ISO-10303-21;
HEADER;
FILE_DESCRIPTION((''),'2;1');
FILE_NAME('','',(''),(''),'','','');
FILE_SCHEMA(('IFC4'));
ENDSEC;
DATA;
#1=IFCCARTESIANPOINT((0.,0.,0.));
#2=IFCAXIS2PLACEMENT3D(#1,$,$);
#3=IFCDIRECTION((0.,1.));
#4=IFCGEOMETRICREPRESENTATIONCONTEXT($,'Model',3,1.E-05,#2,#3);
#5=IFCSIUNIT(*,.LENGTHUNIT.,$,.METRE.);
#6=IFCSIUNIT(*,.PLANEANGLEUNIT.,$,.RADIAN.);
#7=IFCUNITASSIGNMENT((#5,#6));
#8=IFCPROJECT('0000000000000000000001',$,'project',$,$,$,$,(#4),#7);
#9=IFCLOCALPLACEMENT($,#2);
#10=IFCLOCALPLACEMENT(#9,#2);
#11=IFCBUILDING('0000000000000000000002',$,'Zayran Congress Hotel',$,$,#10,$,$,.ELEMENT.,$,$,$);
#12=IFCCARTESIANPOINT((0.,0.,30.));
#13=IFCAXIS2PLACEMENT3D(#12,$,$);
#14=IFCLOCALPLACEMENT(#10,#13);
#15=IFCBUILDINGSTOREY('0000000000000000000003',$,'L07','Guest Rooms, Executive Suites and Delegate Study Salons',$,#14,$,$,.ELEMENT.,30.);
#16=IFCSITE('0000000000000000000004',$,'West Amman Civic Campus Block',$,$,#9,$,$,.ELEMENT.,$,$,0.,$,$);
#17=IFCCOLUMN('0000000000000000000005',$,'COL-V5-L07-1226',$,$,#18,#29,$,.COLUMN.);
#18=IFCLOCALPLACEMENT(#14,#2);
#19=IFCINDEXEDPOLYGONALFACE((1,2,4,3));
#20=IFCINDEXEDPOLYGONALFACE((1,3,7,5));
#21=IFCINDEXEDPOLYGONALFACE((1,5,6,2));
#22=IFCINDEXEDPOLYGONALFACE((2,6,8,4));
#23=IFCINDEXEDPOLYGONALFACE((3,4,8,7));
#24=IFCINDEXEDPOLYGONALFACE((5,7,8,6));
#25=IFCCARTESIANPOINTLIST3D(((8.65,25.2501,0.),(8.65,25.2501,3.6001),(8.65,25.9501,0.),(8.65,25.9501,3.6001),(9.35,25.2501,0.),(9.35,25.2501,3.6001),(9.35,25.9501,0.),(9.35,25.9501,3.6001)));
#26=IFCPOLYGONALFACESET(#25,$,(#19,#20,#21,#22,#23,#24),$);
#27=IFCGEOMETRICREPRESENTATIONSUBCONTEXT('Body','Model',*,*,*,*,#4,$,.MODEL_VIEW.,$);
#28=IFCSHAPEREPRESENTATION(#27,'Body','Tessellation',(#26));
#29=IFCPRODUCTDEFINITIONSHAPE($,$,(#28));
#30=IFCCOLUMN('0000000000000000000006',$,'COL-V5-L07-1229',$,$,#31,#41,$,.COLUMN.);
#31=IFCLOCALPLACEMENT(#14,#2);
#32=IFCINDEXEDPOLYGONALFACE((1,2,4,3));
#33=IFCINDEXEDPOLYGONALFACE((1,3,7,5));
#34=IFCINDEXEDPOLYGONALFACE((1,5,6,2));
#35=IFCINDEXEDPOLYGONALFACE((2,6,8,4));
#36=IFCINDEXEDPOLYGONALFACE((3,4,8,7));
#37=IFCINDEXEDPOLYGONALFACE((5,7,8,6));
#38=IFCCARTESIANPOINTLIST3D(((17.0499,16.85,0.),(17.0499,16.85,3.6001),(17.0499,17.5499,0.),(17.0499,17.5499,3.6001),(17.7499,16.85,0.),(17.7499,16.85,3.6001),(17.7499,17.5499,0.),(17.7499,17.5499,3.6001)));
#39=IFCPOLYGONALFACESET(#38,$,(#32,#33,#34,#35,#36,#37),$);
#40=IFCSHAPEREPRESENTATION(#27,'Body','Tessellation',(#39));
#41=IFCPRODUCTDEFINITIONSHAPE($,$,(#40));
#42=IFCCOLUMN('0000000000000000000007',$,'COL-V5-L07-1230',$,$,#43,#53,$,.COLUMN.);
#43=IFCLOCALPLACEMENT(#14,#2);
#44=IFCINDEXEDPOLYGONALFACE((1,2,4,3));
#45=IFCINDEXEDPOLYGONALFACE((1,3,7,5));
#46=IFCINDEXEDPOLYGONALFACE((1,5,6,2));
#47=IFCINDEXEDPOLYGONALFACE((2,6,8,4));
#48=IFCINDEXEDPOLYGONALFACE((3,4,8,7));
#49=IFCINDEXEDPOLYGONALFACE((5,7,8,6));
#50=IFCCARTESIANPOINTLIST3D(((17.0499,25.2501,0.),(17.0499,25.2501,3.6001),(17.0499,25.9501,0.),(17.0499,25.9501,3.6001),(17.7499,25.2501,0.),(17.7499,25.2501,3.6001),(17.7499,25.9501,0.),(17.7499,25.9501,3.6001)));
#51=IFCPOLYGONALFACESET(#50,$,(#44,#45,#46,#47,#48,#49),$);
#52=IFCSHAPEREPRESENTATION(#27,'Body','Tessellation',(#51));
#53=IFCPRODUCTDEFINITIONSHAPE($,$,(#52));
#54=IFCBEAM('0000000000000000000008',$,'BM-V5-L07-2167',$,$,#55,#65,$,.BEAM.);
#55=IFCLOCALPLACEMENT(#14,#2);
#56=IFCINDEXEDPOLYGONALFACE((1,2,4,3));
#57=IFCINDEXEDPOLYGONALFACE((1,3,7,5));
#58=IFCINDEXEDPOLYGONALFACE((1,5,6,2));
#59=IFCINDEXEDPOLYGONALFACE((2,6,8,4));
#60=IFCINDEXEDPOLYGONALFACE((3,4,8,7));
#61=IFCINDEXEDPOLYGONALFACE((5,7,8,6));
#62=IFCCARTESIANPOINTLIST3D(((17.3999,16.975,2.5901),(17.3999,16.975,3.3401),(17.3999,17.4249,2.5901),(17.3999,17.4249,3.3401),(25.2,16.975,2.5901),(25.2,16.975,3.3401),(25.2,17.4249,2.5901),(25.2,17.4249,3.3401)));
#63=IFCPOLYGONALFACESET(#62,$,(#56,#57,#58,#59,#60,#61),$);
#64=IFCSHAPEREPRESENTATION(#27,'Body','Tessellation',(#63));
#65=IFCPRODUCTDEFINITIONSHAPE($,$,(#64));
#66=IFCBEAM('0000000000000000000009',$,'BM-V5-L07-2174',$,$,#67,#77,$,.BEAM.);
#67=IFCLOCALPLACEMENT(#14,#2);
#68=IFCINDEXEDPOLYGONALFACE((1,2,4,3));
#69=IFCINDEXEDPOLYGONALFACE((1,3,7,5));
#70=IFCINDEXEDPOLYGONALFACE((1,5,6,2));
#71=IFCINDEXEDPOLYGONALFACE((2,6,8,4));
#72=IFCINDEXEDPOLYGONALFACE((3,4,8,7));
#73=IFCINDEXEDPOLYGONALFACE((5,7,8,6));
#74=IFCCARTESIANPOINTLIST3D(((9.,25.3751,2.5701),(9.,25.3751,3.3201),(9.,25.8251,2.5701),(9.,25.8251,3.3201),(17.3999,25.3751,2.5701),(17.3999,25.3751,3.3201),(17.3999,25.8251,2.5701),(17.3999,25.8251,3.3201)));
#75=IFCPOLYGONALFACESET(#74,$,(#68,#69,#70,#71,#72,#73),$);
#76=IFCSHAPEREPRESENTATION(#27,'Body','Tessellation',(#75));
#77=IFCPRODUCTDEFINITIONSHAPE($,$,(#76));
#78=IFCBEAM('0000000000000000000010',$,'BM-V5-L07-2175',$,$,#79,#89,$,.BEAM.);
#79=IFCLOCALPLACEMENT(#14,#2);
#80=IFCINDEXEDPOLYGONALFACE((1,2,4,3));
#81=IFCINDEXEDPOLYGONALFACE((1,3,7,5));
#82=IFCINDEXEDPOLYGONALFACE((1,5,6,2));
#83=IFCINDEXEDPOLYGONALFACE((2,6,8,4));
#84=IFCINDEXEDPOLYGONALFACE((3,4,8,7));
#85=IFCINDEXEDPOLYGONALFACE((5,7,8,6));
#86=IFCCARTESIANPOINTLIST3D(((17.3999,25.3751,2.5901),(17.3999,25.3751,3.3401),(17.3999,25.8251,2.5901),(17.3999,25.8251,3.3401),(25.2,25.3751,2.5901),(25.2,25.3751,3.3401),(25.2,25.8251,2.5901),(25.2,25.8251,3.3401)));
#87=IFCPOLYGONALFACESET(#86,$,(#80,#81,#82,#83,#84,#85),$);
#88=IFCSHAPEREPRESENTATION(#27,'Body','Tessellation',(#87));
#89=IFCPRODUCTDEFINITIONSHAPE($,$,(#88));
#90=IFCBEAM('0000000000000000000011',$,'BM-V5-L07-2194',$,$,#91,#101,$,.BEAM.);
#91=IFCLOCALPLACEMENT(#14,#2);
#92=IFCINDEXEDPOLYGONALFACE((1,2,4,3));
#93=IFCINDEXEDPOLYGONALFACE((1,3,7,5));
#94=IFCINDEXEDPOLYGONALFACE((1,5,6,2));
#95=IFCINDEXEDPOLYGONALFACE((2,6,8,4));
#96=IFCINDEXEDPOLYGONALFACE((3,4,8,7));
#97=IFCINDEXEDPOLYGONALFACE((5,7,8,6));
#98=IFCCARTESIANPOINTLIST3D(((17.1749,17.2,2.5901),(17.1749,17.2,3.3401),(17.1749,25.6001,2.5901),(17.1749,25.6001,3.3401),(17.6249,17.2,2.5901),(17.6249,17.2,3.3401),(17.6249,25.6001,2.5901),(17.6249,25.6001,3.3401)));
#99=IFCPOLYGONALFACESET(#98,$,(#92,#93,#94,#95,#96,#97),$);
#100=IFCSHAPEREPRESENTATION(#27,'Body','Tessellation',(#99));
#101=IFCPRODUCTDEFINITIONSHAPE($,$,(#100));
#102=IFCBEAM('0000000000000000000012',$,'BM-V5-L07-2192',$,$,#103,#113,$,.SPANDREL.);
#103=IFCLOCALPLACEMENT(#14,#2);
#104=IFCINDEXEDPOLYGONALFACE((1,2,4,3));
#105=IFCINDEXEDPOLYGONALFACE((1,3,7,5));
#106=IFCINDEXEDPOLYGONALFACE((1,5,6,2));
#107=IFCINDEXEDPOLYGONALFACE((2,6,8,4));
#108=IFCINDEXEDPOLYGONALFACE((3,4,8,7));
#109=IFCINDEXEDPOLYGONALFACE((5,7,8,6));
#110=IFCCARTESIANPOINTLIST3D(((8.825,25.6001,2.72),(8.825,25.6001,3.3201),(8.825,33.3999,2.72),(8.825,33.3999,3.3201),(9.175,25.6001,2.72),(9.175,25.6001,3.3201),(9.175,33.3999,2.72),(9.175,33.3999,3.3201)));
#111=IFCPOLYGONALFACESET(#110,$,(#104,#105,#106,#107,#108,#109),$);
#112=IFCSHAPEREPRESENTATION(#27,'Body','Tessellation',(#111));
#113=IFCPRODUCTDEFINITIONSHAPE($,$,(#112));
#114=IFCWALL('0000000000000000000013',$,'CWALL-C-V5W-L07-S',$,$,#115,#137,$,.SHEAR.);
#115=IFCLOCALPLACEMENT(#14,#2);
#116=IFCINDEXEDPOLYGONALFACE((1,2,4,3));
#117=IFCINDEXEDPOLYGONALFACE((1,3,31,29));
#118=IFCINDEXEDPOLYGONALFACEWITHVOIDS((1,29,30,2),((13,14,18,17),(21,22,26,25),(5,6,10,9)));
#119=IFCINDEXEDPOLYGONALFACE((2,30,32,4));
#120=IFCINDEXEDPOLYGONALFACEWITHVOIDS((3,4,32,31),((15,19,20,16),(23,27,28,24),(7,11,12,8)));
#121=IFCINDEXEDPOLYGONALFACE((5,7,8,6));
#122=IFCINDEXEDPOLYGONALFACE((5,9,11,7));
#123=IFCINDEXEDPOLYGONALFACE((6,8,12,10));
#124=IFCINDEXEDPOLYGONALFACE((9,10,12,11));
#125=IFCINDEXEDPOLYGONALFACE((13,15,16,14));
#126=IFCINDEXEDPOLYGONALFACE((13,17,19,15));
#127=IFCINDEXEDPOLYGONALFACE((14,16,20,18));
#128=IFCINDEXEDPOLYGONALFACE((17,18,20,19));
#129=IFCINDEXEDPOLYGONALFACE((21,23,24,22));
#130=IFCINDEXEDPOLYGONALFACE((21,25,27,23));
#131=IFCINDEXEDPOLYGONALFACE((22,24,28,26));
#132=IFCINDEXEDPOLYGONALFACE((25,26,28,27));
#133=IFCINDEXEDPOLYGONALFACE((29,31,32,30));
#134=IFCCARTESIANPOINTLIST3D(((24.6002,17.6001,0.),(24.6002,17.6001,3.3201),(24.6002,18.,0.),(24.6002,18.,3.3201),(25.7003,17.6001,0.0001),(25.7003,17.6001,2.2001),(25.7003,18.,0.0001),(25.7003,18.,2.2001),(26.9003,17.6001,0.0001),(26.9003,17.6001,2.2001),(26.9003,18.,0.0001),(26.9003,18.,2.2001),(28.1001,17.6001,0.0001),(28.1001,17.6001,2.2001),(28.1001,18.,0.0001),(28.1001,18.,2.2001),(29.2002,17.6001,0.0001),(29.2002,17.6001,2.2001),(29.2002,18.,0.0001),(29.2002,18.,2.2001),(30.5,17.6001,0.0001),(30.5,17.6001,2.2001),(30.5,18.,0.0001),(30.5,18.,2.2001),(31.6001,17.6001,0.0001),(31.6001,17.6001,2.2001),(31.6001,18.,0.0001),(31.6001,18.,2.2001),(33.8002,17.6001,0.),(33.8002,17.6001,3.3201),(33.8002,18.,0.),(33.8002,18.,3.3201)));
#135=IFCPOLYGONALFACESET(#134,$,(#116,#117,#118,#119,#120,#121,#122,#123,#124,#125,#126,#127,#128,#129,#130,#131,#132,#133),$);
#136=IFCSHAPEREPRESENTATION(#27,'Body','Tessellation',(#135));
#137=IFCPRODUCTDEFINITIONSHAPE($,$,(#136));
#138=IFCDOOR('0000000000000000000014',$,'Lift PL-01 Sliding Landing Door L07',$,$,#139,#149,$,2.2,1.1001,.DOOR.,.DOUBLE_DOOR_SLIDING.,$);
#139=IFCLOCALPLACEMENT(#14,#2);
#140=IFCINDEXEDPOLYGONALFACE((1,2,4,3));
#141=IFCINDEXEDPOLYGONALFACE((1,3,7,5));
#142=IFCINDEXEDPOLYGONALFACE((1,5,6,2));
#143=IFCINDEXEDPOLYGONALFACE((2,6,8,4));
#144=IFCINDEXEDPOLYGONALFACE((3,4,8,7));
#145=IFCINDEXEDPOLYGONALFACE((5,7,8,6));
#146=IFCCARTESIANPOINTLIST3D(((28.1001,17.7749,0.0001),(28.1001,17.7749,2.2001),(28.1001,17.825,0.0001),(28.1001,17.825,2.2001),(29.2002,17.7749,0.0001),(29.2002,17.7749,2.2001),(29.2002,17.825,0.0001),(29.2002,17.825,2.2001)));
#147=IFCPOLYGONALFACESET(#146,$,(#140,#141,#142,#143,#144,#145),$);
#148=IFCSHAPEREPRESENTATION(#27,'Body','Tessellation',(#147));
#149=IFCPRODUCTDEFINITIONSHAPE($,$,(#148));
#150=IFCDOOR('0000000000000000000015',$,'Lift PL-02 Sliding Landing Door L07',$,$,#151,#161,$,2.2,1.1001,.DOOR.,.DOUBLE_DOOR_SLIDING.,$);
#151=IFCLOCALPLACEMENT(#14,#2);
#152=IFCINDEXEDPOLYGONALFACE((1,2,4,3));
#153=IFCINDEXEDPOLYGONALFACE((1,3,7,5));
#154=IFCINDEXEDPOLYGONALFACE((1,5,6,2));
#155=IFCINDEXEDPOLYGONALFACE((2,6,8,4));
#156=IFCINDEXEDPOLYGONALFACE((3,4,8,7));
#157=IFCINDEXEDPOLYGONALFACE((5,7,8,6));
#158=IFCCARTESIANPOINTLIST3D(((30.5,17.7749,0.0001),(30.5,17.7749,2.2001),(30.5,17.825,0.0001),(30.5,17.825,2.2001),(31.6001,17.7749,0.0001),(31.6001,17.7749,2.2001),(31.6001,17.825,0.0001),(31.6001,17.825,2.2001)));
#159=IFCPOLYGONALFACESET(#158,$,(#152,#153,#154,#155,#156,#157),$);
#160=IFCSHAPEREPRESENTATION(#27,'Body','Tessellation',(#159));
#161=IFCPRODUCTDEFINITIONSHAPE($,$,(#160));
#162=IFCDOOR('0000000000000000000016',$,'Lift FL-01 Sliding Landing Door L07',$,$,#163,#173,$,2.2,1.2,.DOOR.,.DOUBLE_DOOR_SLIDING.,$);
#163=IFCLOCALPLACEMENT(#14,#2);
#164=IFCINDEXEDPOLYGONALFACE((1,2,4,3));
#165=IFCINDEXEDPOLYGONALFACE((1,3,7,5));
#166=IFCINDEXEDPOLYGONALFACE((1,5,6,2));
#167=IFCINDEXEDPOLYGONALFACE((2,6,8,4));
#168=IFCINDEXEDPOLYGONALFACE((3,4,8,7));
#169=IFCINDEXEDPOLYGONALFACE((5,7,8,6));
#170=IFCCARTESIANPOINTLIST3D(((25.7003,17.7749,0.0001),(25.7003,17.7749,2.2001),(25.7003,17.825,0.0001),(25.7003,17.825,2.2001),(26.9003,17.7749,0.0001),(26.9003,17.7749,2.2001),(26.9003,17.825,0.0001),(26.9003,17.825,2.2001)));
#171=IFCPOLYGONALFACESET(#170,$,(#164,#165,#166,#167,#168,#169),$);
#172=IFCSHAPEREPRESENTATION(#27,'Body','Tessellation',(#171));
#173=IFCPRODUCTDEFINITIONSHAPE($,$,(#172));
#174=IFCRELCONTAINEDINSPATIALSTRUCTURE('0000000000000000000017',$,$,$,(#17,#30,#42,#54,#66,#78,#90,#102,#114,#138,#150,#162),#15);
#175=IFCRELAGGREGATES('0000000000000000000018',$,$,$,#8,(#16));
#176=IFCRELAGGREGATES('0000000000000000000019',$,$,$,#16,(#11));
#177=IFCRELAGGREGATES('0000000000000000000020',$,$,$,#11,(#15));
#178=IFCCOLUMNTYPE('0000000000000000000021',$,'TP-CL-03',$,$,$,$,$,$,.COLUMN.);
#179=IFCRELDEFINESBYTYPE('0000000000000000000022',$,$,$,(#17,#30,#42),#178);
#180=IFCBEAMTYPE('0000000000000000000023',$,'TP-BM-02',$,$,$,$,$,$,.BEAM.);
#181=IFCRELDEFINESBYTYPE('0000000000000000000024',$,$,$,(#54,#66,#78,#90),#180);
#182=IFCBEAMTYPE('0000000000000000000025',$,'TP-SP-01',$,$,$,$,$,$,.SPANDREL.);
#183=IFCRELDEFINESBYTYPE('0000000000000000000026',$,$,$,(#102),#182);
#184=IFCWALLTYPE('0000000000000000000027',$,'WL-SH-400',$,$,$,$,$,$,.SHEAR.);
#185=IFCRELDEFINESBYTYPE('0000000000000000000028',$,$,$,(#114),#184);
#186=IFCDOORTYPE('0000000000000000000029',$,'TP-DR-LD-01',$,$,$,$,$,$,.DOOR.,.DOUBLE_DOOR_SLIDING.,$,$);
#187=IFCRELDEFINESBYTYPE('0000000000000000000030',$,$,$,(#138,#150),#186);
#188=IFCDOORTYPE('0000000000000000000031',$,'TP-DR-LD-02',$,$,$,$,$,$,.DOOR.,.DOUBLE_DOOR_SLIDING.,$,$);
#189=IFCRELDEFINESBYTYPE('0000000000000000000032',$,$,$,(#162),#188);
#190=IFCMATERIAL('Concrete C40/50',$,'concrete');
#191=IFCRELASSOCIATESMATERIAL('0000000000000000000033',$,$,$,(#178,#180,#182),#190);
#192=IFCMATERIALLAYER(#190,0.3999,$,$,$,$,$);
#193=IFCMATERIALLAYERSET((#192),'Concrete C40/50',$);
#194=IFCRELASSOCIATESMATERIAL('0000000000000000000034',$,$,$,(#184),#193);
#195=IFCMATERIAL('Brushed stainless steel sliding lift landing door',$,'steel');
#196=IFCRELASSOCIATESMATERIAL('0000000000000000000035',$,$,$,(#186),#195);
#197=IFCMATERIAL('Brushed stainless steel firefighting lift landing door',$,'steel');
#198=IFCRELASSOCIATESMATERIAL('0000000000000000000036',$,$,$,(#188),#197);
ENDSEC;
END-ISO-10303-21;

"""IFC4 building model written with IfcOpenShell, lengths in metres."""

from ifc_helpers import new_model, si_unit, direction, frame, frame_2d, origin, origin_2d, place, context, subcontext, project, spatial, rectangle, extrude, material, layer, layer_set, material_profile, profile_set, type_object, element, fill, save


model = new_model("IFC4")

# Units and contexts
model_context = context("Model", 3, precision=1e-05, world=origin(), true_north=direction((0.0, 1.0)))
body_context = subcontext(model_context, "Body", "Model", "MODEL_VIEW")
ifc_project = project(units=[si_unit("LENGTHUNIT", "METRE"), si_unit("PLANEANGLEUNIT", "RADIAN")], contexts=[model_context])

# Site, building, storey
site_placement = place(None, origin())
site = spatial("IfcSite", under=ifc_project, at=site_placement, Name="West Amman Civic Campus Block", CompositionType="ELEMENT", RefElevation=0.0)
building_placement = place(site_placement, origin())
building = spatial("IfcBuilding", under=site, at=building_placement, Name="Zayran Congress Hotel", CompositionType="ELEMENT")
storey_placement = place(building_placement, frame((0.0, 0.0, 30.0)))
storey = spatial("IfcBuildingStorey", under=building, at=storey_placement, Name="L07", Description="Guest Rooms, Executive Suites and Delegate Study Salons", CompositionType="ELEMENT", Elevation=30.0)

# Columns
ifc_material_1 = material(Name="Concrete C40/50", Category="concrete")
ifc_material_profile_1 = material_profile(ifc_material_1, rectangle(XDim=0.7, YDim=0.7, at=origin_2d()), Name="RC 700x700")
ifc_profile_set_1 = profile_set([ifc_material_profile_1], Name="Concrete C40/50")
column_type = type_object("IfcColumnType", Name="TP-CL-03", PredefinedType="COLUMN", material=ifc_profile_set_1)
for number, where, z_axis, x_axis, name in (
    (1, (9.0, 25.6001, 0.0), (0.0, 0.0, 1.0), (1.0, 0.0, 0.0), "COL-V5-L07-1226"),
    (2, (17.3999, 17.2, 0.0), (0.0, 0.0, 1.0), (1.0, 0.0, 0.0), "COL-V5-L07-1229"),
    (3, (17.3999, 25.6001, 0.0), (0.0, 0.0, 1.0), (1.0, 0.0, 0.0), "COL-V5-L07-1230"),
):
    element("IfcColumn", number, at=place(storey_placement, frame(where, z_axis=z_axis, x_axis=x_axis)), inside=storey, type_object=column_type, Name=name, PredefinedType="COLUMN", context=body_context, shape_type="SweptSolid", body=[
        extrude(rectangle(XDim=0.7, YDim=0.7, at=origin_2d()), origin(), (0.0, 0.0, 1.0), 3.6001),
    ])

# Beams
ifc_material_profile_2 = material_profile(ifc_material_1, rectangle(XDim=0.45, YDim=0.75, at=origin_2d()), Name="RC 450x750")
ifc_profile_set_2 = profile_set([ifc_material_profile_2], Name="Concrete C40/50")
beam_type_1 = type_object("IfcBeamType", Name="TP-BM-02", PredefinedType="BEAM", material=ifc_profile_set_2)
beam_1_placement = place(storey_placement, frame((17.3999, 17.2, 2.9651), z_axis=(1.0, 0.0, 0.0), x_axis=(0.0, 1.0, 0.0)))
element("IfcBeam", 4, at=beam_1_placement, inside=storey, type_object=beam_type_1, Name="BM-V5-L07-2167", PredefinedType="BEAM", context=body_context, shape_type="SweptSolid", body=[
    extrude(rectangle(XDim=0.45, YDim=0.75, at=origin_2d()), origin(), (0.0, 0.0, 1.0), 7.8),
])
beam_2_placement = place(storey_placement, frame((9.0, 25.6001, 2.9451), z_axis=(1.0, 0.0, 0.0), x_axis=(0.0, 1.0, 0.0)))
element("IfcBeam", 5, at=beam_2_placement, inside=storey, type_object=beam_type_1, Name="BM-V5-L07-2174", PredefinedType="BEAM", context=body_context, shape_type="SweptSolid", body=[
    extrude(rectangle(XDim=0.45, YDim=0.75, at=origin_2d()), origin(), (0.0, 0.0, 1.0), 8.3999),
])
beam_3_placement = place(storey_placement, frame((17.3999, 25.6001, 2.9651), z_axis=(1.0, 0.0, 0.0), x_axis=(0.0, 1.0, 0.0)))
element("IfcBeam", 6, at=beam_3_placement, inside=storey, type_object=beam_type_1, Name="BM-V5-L07-2175", PredefinedType="BEAM", context=body_context, shape_type="SweptSolid", body=[
    extrude(rectangle(XDim=0.45, YDim=0.75, at=origin_2d()), origin(), (0.0, 0.0, 1.0), 7.8),
])
beam_4_placement = place(storey_placement, frame((17.3999, 17.2, 2.9651), z_axis=(0.0, 1.0, 0.0), x_axis=(-1.0, 0.0, 0.0)))
element("IfcBeam", 7, at=beam_4_placement, inside=storey, type_object=beam_type_1, Name="BM-V5-L07-2194", PredefinedType="BEAM", context=body_context, shape_type="SweptSolid", body=[
    extrude(rectangle(XDim=0.45, YDim=0.75, at=origin_2d()), origin(), (0.0, 0.0, 1.0), 8.4001),
])
ifc_material_profile_3 = material_profile(ifc_material_1, rectangle(XDim=0.3501, YDim=0.6001, at=origin_2d()), Name="RC 350x600")
ifc_profile_set_3 = profile_set([ifc_material_profile_3], Name="Concrete C40/50")
beam_type_2 = type_object("IfcBeamType", Name="TP-SP-01", PredefinedType="SPANDREL", material=ifc_profile_set_3)
beam_5_placement = place(storey_placement, frame((9.0, 25.6001, 3.02), z_axis=(0.0, 1.0, 0.0), x_axis=(-1.0, 0.0, 0.0)))
element("IfcBeam", 8, at=beam_5_placement, inside=storey, type_object=beam_type_2, Name="BM-V5-L07-2192", PredefinedType="SPANDREL", context=body_context, shape_type="SweptSolid", body=[
    extrude(rectangle(XDim=0.3501, YDim=0.6001, at=origin_2d()), origin(), (0.0, 0.0, 1.0), 7.7998),
])

# Wall, openings, doors
ifc_layer_1 = layer(ifc_material_1, 0.3999)
ifc_layer_set_1 = layer_set([ifc_layer_1], Name="Concrete C40/50")
wall_type_1 = type_object("IfcWallType", Name="WL-SH-400", PredefinedType="SHEAR", material=ifc_layer_set_1)
wall_1_placement = place(storey_placement, frame((24.6001, 17.8, 0.0), z_axis=(0.0, 0.0, 1.0), x_axis=(1.0, 0.0, 0.0)))
wall_1 = element("IfcWall", 9, at=wall_1_placement, inside=storey, type_object=wall_type_1, Name="CWALL-C-V5W-L07-S", PredefinedType="SHEAR", context=body_context, shape_type="SweptSolid", body=[
    extrude(rectangle(XDim=9.2, YDim=0.3999, at=frame_2d((4.6001, 0.0))), origin(), (0.0, 0.0, 1.0), 3.3201),
])
opening_1_placement = place(wall_1_placement, frame((1.1001, 0.0, 0.0)))
opening_1 = element("IfcOpeningElement", 10, at=opening_1_placement, cuts=wall_1, PredefinedType="OPENING", context=body_context, shape_type="SweptSolid", body=[
    extrude(rectangle(XDim=1.2, YDim=2.2, at=frame_2d((0.6001, 1.1001))), frame((0.0, 0.21, 0.0), z_axis=(0.0, -1.0, 0.0), x_axis=(1.0, 0.0, 0.0)), (0.0, 0.0, 1.0), 0.4199),
])
opening_2_placement = place(wall_1_placement, frame((3.5, 0.0, 0.0)))
opening_2 = element("IfcOpeningElement", 11, at=opening_2_placement, cuts=wall_1, PredefinedType="OPENING", context=body_context, shape_type="SweptSolid", body=[
    extrude(rectangle(XDim=1.1001, YDim=2.2, at=frame_2d((0.55, 1.1001))), frame((0.0, 0.21, 0.0), z_axis=(0.0, -1.0, 0.0), x_axis=(1.0, 0.0, 0.0)), (0.0, 0.0, 1.0), 0.4199),
])
opening_3_placement = place(wall_1_placement, frame((5.8999, 0.0, 0.0)))
opening_3 = element("IfcOpeningElement", 12, at=opening_3_placement, cuts=wall_1, PredefinedType="OPENING", context=body_context, shape_type="SweptSolid", body=[
    extrude(rectangle(XDim=1.1001, YDim=2.2, at=frame_2d((0.55, 1.1001))), frame((0.0, 0.21, 0.0), z_axis=(0.0, -1.0, 0.0), x_axis=(1.0, 0.0, 0.0)), (0.0, 0.0, 1.0), 0.4199),
])
ifc_material_2 = material(Name="Brushed stainless steel sliding lift landing door", Category="steel")
door_type_1 = type_object("IfcDoorType", Name="TP-DR-LD-01", OperationType="DOUBLE_DOOR_SLIDING", PredefinedType="DOOR", material=ifc_material_2)
door_1_placement = place(opening_2_placement, origin())
door_1 = element("IfcDoor", 13, at=door_1_placement, inside=storey, type_object=door_type_1, Name="Lift PL-01 Sliding Landing Door L07", OperationType="DOUBLE_DOOR_SLIDING", OverallHeight=2.2, OverallWidth=1.1001, PredefinedType="DOOR", context=body_context, shape_type="SweptSolid", body=[
    extrude(rectangle(XDim=1.1001, YDim=2.2, at=frame_2d((0.55, 1.1001))), frame((0.0, 0.0249, 0.0), z_axis=(0.0, -1.0, 0.0), x_axis=(1.0, 0.0, 0.0)), (0.0, 0.0, 1.0), 0.05),
])
fill(opening_2, door_1)
door_2_placement = place(opening_3_placement, origin())
door_2 = element("IfcDoor", 14, at=door_2_placement, inside=storey, type_object=door_type_1, Name="Lift PL-02 Sliding Landing Door L07", OperationType="DOUBLE_DOOR_SLIDING", OverallHeight=2.2, OverallWidth=1.1001, PredefinedType="DOOR", context=body_context, shape_type="SweptSolid", body=[
    extrude(rectangle(XDim=1.1001, YDim=2.2, at=frame_2d((0.55, 1.1001))), frame((0.0, 0.0249, 0.0), z_axis=(0.0, -1.0, 0.0), x_axis=(1.0, 0.0, 0.0)), (0.0, 0.0, 1.0), 0.05),
])
fill(opening_3, door_2)
ifc_material_3 = material(Name="Brushed stainless steel firefighting lift landing door", Category="steel")
door_type_2 = type_object("IfcDoorType", Name="TP-DR-LD-02", OperationType="DOUBLE_DOOR_SLIDING", PredefinedType="DOOR", material=ifc_material_3)
door_3_placement = place(opening_1_placement, origin())
door_3 = element("IfcDoor", 15, at=door_3_placement, inside=storey, type_object=door_type_2, Name="Lift FL-01 Sliding Landing Door L07", OperationType="DOUBLE_DOOR_SLIDING", OverallHeight=2.2, OverallWidth=1.2, PredefinedType="DOOR", context=body_context, shape_type="SweptSolid", body=[
    extrude(rectangle(XDim=1.2, YDim=2.2, at=frame_2d((0.6001, 1.1001))), frame((0.0, 0.0249, 0.0), z_axis=(0.0, -1.0, 0.0), x_axis=(1.0, 0.0, 0.0)), (0.0, 0.0, 1.0), 0.05),
])
fill(opening_1, door_3)

save(model, "model.ifc")
